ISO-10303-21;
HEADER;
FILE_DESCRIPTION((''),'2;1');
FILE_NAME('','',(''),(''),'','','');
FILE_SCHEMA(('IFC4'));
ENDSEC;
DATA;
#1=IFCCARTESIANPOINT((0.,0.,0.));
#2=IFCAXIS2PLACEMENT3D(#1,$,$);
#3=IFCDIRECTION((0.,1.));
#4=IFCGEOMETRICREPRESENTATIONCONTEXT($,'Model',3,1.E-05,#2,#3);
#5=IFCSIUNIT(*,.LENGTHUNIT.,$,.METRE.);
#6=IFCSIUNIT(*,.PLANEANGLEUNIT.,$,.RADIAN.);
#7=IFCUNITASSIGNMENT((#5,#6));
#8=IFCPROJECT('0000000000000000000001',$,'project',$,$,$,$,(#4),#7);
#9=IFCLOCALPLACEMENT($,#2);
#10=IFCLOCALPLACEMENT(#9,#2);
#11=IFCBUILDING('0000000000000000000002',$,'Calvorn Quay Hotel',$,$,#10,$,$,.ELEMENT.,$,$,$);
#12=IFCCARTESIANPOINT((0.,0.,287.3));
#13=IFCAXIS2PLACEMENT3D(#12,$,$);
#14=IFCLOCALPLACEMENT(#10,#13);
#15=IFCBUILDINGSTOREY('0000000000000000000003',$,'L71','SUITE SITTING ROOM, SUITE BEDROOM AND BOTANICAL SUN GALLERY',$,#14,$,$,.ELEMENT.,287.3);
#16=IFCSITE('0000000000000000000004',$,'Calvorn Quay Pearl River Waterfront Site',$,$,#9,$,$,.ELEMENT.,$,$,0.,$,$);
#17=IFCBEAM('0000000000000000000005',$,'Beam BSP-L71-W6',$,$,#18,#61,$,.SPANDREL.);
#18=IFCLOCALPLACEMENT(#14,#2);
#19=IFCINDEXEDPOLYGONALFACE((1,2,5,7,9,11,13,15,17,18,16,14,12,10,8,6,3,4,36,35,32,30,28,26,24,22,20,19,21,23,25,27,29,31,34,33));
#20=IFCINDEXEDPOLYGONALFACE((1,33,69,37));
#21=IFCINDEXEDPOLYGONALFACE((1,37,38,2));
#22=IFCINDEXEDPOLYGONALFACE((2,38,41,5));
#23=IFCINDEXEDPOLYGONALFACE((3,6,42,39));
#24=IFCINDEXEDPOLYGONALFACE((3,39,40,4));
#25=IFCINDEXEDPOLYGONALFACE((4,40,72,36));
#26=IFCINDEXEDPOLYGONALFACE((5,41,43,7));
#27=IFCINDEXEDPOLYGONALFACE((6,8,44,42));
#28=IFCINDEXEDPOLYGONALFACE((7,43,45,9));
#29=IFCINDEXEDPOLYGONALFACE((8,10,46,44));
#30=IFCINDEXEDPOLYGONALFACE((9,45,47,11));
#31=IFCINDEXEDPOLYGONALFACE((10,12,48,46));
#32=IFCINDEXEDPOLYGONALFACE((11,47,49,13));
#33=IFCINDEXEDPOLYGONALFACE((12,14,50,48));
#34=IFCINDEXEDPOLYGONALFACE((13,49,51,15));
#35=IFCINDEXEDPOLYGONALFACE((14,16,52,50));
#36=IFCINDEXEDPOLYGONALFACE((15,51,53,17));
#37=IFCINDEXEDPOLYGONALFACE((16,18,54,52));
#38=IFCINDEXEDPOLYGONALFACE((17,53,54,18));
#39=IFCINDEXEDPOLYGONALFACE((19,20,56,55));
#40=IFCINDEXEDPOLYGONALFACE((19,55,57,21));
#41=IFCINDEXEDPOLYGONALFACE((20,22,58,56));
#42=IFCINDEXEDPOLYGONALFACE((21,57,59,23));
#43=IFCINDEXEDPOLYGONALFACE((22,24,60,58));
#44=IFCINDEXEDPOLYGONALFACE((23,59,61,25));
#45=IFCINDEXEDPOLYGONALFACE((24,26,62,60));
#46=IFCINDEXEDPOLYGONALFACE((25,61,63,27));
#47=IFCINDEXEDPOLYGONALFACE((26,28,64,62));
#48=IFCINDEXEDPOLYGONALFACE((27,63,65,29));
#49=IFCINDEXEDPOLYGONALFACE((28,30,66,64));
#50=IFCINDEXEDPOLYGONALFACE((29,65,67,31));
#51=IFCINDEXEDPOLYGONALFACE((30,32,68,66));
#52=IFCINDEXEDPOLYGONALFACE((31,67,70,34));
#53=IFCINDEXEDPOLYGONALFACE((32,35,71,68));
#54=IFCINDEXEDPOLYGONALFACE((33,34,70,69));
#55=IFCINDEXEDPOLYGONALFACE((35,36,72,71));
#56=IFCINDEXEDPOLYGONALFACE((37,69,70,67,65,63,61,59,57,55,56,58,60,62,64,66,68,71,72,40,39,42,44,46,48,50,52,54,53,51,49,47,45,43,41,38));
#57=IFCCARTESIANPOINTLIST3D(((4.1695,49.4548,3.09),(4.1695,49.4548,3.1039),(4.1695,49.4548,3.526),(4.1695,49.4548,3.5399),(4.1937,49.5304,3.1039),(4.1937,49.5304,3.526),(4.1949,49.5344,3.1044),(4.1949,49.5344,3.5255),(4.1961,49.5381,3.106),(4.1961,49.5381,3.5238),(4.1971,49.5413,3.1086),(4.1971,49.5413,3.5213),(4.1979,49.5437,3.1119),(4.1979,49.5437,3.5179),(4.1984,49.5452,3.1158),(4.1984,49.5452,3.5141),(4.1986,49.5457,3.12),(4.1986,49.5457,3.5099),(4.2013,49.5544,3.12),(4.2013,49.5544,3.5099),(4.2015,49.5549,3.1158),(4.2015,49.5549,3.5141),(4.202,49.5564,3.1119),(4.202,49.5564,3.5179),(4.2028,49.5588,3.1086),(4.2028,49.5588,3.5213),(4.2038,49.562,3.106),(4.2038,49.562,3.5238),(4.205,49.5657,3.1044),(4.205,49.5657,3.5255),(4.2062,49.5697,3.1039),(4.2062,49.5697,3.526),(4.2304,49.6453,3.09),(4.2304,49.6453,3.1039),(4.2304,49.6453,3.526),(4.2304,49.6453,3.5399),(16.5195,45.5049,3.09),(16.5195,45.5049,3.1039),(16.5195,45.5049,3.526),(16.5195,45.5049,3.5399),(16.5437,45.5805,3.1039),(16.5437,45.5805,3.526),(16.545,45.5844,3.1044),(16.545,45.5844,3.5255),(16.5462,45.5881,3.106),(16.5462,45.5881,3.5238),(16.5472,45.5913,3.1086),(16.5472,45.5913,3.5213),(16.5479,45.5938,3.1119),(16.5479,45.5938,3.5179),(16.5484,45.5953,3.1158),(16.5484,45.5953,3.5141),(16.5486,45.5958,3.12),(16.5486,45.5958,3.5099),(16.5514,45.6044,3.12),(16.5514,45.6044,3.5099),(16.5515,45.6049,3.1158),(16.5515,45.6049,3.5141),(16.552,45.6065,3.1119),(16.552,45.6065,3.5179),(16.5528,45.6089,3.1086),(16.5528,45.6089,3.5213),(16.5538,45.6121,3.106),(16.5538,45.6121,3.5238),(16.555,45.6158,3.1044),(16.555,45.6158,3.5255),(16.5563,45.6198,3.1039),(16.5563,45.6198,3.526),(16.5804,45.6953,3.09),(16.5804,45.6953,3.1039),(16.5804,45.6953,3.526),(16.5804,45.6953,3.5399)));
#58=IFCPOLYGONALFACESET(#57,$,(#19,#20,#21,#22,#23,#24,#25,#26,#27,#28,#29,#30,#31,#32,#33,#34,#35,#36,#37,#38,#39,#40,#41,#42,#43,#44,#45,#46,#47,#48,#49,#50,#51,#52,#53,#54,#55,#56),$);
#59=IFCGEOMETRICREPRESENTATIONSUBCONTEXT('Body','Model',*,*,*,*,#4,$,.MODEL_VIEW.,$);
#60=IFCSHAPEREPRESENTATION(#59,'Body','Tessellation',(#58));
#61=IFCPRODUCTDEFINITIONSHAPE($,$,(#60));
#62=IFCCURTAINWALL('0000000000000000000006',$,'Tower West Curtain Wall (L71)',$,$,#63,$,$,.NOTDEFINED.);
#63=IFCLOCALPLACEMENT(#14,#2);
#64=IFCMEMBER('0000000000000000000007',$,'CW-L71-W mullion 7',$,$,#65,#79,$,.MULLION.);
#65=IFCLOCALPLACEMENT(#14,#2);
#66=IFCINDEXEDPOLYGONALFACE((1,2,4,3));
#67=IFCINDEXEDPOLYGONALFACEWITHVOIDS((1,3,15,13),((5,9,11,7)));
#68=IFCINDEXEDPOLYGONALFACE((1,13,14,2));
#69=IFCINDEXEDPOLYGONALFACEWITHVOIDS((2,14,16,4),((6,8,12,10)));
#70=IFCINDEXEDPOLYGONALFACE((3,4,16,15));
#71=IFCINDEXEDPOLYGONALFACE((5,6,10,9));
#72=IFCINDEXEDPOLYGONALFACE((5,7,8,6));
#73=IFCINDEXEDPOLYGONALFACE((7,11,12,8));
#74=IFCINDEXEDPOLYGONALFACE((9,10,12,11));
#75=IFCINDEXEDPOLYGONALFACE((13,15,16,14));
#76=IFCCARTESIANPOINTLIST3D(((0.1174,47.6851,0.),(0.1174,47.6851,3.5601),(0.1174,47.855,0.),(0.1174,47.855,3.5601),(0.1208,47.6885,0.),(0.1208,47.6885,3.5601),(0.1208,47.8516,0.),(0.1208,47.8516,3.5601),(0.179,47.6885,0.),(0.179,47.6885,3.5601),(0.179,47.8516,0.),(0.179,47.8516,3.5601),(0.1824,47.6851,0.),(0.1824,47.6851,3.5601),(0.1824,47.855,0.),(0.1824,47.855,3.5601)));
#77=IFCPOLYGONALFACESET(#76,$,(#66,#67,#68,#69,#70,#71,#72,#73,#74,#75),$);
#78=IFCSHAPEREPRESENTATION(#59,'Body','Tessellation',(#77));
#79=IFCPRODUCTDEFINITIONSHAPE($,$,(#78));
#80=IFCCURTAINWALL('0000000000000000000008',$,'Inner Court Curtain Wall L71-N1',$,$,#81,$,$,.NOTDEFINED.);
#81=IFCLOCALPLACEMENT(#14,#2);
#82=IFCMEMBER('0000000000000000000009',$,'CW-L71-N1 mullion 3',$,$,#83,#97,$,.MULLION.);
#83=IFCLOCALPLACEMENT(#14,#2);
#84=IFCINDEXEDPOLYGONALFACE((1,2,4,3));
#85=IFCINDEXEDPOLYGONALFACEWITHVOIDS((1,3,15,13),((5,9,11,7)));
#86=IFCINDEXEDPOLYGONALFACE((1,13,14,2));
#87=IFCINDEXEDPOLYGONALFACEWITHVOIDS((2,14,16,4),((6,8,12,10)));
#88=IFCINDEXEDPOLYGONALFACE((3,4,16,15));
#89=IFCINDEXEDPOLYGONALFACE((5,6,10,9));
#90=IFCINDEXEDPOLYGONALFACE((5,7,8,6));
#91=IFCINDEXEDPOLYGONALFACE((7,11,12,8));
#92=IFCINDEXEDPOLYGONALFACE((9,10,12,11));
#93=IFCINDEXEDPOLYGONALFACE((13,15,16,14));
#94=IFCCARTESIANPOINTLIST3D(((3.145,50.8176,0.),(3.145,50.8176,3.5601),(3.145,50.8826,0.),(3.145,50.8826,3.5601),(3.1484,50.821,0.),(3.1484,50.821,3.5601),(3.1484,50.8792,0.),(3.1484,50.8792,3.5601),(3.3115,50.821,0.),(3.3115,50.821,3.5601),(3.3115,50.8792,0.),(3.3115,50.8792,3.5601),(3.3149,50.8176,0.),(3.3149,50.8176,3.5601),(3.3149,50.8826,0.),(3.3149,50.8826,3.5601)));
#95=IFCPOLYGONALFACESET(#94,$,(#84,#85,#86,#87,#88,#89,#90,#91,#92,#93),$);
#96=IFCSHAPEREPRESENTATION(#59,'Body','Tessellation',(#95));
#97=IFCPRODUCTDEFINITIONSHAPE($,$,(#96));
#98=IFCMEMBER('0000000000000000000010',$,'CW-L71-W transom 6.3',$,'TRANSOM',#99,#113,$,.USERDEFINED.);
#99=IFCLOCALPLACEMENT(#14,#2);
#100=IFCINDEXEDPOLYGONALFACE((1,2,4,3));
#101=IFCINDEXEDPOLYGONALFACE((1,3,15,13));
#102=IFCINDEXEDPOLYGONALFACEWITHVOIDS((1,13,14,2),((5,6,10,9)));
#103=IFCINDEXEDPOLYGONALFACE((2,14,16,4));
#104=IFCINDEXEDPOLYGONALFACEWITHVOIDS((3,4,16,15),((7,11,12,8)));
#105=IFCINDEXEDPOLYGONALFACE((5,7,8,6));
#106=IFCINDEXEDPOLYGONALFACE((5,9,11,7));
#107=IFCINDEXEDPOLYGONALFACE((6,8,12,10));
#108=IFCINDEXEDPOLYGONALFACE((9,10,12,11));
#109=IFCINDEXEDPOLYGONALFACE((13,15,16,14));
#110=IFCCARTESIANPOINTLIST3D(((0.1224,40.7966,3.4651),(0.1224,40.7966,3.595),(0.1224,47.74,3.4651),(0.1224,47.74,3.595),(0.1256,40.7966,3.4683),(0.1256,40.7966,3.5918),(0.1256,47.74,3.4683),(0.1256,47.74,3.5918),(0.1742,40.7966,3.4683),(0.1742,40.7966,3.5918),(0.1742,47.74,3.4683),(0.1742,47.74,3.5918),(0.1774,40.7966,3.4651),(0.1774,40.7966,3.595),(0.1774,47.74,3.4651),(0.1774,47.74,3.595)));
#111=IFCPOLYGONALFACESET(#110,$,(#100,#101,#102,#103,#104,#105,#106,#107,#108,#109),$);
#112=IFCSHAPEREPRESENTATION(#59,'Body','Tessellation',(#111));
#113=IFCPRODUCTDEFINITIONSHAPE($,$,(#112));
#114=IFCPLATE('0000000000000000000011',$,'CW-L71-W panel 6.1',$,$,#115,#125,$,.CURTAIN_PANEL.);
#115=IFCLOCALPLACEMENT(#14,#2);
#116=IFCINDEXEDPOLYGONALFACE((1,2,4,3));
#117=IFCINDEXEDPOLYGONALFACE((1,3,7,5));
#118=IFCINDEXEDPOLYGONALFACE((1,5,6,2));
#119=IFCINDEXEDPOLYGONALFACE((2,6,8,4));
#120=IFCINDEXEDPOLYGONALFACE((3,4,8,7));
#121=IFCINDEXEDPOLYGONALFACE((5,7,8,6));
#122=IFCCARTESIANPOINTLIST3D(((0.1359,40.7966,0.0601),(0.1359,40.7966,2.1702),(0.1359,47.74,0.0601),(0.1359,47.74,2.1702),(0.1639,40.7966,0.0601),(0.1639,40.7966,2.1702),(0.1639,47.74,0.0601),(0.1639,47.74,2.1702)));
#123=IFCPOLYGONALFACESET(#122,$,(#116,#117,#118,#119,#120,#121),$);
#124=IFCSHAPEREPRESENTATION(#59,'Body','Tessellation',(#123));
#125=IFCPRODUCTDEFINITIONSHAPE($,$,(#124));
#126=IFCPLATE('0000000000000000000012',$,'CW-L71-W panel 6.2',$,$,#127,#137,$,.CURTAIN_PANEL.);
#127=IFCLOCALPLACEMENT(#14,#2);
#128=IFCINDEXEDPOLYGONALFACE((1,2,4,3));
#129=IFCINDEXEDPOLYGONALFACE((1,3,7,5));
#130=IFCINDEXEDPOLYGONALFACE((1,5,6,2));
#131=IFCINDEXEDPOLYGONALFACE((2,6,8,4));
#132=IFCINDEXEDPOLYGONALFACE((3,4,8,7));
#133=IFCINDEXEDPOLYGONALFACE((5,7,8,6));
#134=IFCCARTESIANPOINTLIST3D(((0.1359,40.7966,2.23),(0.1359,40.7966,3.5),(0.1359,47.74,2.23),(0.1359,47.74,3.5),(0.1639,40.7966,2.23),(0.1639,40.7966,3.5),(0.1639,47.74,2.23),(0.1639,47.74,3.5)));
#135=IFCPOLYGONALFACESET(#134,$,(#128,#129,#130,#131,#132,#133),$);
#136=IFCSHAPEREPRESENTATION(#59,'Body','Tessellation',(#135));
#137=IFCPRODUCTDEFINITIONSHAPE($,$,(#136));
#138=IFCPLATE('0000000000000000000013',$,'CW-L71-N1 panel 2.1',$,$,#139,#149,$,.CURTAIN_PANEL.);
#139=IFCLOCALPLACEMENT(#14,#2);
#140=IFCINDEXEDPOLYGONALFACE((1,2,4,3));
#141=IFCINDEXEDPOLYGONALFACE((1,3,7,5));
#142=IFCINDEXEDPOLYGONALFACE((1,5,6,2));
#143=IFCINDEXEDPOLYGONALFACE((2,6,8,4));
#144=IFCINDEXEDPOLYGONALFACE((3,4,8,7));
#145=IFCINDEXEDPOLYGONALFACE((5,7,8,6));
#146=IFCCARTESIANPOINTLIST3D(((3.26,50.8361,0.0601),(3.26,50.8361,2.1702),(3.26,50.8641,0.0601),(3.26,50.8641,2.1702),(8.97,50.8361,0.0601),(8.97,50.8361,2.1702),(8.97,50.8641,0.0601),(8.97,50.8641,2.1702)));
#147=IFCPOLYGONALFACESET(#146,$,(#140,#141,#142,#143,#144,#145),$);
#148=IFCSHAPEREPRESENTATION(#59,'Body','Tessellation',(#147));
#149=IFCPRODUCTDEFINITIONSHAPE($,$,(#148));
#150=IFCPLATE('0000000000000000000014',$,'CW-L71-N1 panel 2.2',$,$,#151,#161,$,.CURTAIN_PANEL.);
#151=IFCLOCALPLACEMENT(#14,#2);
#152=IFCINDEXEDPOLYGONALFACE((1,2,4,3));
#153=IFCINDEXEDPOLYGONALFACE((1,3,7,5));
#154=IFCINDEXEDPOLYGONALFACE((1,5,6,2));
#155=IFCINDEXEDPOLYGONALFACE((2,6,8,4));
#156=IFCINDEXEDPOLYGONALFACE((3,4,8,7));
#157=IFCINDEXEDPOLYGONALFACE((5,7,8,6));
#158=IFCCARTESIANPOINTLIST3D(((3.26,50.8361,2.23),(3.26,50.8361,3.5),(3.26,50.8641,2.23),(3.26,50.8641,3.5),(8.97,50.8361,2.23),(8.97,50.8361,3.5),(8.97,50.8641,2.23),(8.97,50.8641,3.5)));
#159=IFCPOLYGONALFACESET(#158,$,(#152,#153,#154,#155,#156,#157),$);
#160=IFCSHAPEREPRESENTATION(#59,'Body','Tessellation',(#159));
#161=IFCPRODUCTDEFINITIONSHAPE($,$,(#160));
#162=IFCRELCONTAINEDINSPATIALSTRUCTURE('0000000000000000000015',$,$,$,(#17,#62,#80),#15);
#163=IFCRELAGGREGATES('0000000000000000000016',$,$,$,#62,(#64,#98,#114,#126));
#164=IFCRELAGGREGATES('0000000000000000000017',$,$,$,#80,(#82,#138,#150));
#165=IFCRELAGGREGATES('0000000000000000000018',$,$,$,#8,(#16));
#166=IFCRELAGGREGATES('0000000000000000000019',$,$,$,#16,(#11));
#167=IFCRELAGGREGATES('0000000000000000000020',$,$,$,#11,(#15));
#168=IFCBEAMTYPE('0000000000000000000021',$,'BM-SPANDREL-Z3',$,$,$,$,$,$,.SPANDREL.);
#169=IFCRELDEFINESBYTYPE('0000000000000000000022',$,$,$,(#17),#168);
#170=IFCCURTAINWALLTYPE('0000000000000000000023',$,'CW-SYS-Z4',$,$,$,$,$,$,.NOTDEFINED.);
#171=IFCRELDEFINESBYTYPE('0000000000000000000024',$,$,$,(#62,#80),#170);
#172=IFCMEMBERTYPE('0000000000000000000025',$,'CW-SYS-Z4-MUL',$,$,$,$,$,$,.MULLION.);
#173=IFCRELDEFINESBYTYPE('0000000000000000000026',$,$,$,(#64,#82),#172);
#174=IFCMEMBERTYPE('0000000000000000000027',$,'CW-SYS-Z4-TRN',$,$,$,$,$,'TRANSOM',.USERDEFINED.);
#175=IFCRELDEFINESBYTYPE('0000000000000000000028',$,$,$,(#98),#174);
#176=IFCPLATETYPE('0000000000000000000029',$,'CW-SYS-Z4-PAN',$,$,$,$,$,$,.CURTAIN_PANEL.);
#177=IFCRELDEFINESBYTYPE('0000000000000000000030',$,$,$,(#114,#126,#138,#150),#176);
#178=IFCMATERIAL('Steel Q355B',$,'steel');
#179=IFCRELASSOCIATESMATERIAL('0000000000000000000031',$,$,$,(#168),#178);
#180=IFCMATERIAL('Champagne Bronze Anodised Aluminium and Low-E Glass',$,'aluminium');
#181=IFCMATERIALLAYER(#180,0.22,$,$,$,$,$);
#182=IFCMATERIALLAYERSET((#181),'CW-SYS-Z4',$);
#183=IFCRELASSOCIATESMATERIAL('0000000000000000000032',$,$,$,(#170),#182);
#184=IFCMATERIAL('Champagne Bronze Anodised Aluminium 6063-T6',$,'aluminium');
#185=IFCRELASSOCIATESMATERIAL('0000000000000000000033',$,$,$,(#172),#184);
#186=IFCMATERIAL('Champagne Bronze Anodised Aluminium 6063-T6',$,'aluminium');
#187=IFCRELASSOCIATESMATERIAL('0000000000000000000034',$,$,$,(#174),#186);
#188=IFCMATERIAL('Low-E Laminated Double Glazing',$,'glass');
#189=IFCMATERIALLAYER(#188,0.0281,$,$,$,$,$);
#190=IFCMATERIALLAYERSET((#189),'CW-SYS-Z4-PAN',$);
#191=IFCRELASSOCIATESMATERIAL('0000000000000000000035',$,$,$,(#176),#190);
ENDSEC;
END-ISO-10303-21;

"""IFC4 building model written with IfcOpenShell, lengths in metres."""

from ifc_helpers import new_model, si_unit, direction, frame, origin, origin_2d, place, context, subcontext, project, spatial, rectangle, hollow_rectangle, i_section, extrude, material, layer, layer_set, material_profile, profile_set, type_object, element, aggregate, save


model = new_model("IFC4")

# Units and contexts
model_context = context("Model", 3, precision=1e-05, world=origin(), true_north=direction((0.0, 1.0)))
body_context = subcontext(model_context, "Body", "Model", "MODEL_VIEW")
ifc_project = project(units=[si_unit("LENGTHUNIT", "METRE"), si_unit("PLANEANGLEUNIT", "RADIAN")], contexts=[model_context])

# Site, building, storey
site_placement = place(None, origin())
site = spatial("IfcSite", under=ifc_project, at=site_placement, Name="Calvorn Quay Pearl River Waterfront Site", CompositionType="ELEMENT", RefElevation=0.0)
building_placement = place(site_placement, origin())
building = spatial("IfcBuilding", under=site, at=building_placement, Name="Calvorn Quay Hotel", CompositionType="ELEMENT")
storey_placement = place(building_placement, frame((0.0, 0.0, 287.3)))
storey = spatial("IfcBuildingStorey", under=building, at=storey_placement, Name="L71", Description="SUITE SITTING ROOM, SUITE BEDROOM AND BOTANICAL SUN GALLERY", CompositionType="ELEMENT", Elevation=287.3)

# Beam
ifc_material_1 = material(Name="Steel Q355B", Category="steel")
ifc_material_profile_1 = material_profile(ifc_material_1, i_section(OverallWidth=0.2, OverallDepth=0.45, WebThickness=0.009, FlangeThickness=0.0139, FilletRadius=0.0161, at=origin_2d()), Name="HN450x200x9x14")
ifc_profile_set_1 = profile_set([ifc_material_profile_1], Name="Steel Q355B")
beam_type_1 = type_object("IfcBeamType", Name="BM-SPANDREL-Z3", PredefinedType="SPANDREL", material=ifc_profile_set_1)
beam_1_placement = place(storey_placement, frame((4.2, 49.55, 3.3149), z_axis=(0.952471, -0.30463, 0.0), x_axis=(0.30463, 0.952471, 0.0)))
element("IfcBeam", 1, at=beam_1_placement, inside=storey, type_object=beam_type_1, Name="Beam BSP-L71-W6", PredefinedType="SPANDREL", context=body_context, shape_type="SweptSolid", body=[
    extrude(i_section(OverallWidth=0.2, OverallDepth=0.45, WebThickness=0.009, FlangeThickness=0.0139, FilletRadius=0.0161, at=origin_2d()), origin(), (0.0, 0.0, 1.0), 12.9663),
])

# Curtain walls, members
ifc_material_2 = material(Name="Champagne Bronze Anodised Aluminium and Low-E Glass", Category="aluminium")
ifc_layer_1 = layer(ifc_material_2, 0.22)
ifc_layer_set_1 = layer_set([ifc_layer_1], Name="CW-SYS-Z4")
curtain_wall_type = type_object("IfcCurtainWallType", Name="CW-SYS-Z4", PredefinedType="NOTDEFINED", material=ifc_layer_set_1)
curtain_wall_1_placement = place(storey_placement, origin())
curtain_wall_1 = element("IfcCurtainWall", 2, at=curtain_wall_1_placement, inside=storey, type_object=curtain_wall_type, Name="Tower West Curtain Wall (L71)", PredefinedType="NOTDEFINED")
ifc_material_3 = material(Name="Champagne Bronze Anodised Aluminium 6063-T6", Category="aluminium")
ifc_material_profile_2 = material_profile(ifc_material_3, hollow_rectangle(XDim=0.0649, YDim=0.1699, WallThickness=0.0034, at=origin_2d()), Name="ALU-M170x65x3.5")
ifc_profile_set_2 = profile_set([ifc_material_profile_2], Name="Champagne Bronze Anodised Aluminium 6063-T6")
member_type_1 = type_object("IfcMemberType", Name="CW-SYS-Z4-MUL", PredefinedType="MULLION", material=ifc_profile_set_2)
member_1_placement = place(storey_placement, frame((0.1499, 47.77, 0.0), z_axis=(0.0, 0.0, 1.0), x_axis=(-1.0, 0.0, 0.0)))
member_1 = element("IfcMember", 3, at=member_1_placement, type_object=member_type_1, Name="CW-L71-W mullion 7", PredefinedType="MULLION", context=body_context, shape_type="SweptSolid", body=[
    extrude(hollow_rectangle(XDim=0.0649, YDim=0.1699, WallThickness=0.0034, at=origin_2d()), origin(), (0.0, 0.0, 1.0), 3.5601),
])
curtain_wall_2_placement = place(storey_placement, origin())
curtain_wall_2 = element("IfcCurtainWall", 4, at=curtain_wall_2_placement, inside=storey, type_object=curtain_wall_type, Name="Inner Court Curtain Wall L71-N1", PredefinedType="NOTDEFINED")
member_2_placement = place(storey_placement, frame((3.23, 50.8501, 0.0), z_axis=(0.0, 0.0, 1.0), x_axis=(0.0, -1.0, 0.0)))
member_2 = element("IfcMember", 5, at=member_2_placement, type_object=member_type_1, Name="CW-L71-N1 mullion 3", PredefinedType="MULLION", context=body_context, shape_type="SweptSolid", body=[
    extrude(hollow_rectangle(XDim=0.0649, YDim=0.1699, WallThickness=0.0034, at=origin_2d()), origin(), (0.0, 0.0, 1.0), 3.5601),
])

# Member
ifc_material_4 = material(Name="Champagne Bronze Anodised Aluminium 6063-T6", Category="aluminium")
ifc_material_profile_3 = material_profile(ifc_material_4, hollow_rectangle(XDim=0.0549, YDim=0.1299, WallThickness=0.0032, at=origin_2d()), Name="ALU-T130x55x3.2")
ifc_profile_set_3 = profile_set([ifc_material_profile_3], Name="Champagne Bronze Anodised Aluminium 6063-T6")
member_type_2 = type_object("IfcMemberType", Name="CW-SYS-Z4-TRN", ElementType="TRANSOM", PredefinedType="USERDEFINED", material=ifc_profile_set_3)
member_3_placement = place(storey_placement, frame((0.1499, 40.7966, 3.53), z_axis=(0.0, 1.0, 0.0), x_axis=(-1.0, 0.0, 0.0)))
member_3 = element("IfcMember", 6, at=member_3_placement, type_object=member_type_2, Name="CW-L71-W transom 6.3", ObjectType="TRANSOM", PredefinedType="USERDEFINED", context=body_context, shape_type="SweptSolid", body=[
    extrude(hollow_rectangle(XDim=0.0549, YDim=0.1299, WallThickness=0.0032, at=origin_2d()), origin(), (0.0, 0.0, 1.0), 6.9434),
])

# Plates
ifc_material_5 = material(Name="Low-E Laminated Double Glazing", Category="glass")
ifc_layer_2 = layer(ifc_material_5, 0.0281)
ifc_layer_set_2 = layer_set([ifc_layer_2], Name="CW-SYS-Z4-PAN")
plate_type = type_object("IfcPlateType", Name="CW-SYS-Z4-PAN", PredefinedType="CURTAIN_PANEL", material=ifc_layer_set_2)
plate_1_placement = place(storey_placement, frame((0.1499, 44.2683, 0.0601), z_axis=(0.0, 0.0, 1.0), x_axis=(0.0, 1.0, 0.0)))
plate_1 = element("IfcPlate", 7, at=plate_1_placement, type_object=plate_type, Name="CW-L71-W panel 6.1", PredefinedType="CURTAIN_PANEL", context=body_context, shape_type="SweptSolid", body=[
    extrude(rectangle(XDim=6.9434, YDim=0.0281, at=origin_2d()), origin(), (0.0, 0.0, 1.0), 2.1101),
])
plate_2_placement = place(storey_placement, frame((0.1499, 44.2683, 2.23), z_axis=(0.0, 0.0, 1.0), x_axis=(0.0, 1.0, 0.0)))
plate_2 = element("IfcPlate", 8, at=plate_2_placement, type_object=plate_type, Name="CW-L71-W panel 6.2", PredefinedType="CURTAIN_PANEL", context=body_context, shape_type="SweptSolid", body=[
    extrude(rectangle(XDim=6.9434, YDim=0.0281, at=origin_2d()), origin(), (0.0, 0.0, 1.0), 1.27),
])
aggregate(curtain_wall_1, [member_1, member_3, plate_1, plate_2])
plate_3_placement = place(storey_placement, frame((6.115, 50.8501, 0.0601), z_axis=(0.0, 0.0, 1.0), x_axis=(-1.0, 0.0, 0.0)))
plate_3 = element("IfcPlate", 9, at=plate_3_placement, type_object=plate_type, Name="CW-L71-N1 panel 2.1", PredefinedType="CURTAIN_PANEL", context=body_context, shape_type="SweptSolid", body=[
    extrude(rectangle(XDim=5.71, YDim=0.0281, at=origin_2d()), origin(), (0.0, 0.0, 1.0), 2.1101),
])
plate_4_placement = place(storey_placement, frame((6.115, 50.8501, 2.23), z_axis=(0.0, 0.0, 1.0), x_axis=(-1.0, 0.0, 0.0)))
plate_4 = element("IfcPlate", 10, at=plate_4_placement, type_object=plate_type, Name="CW-L71-N1 panel 2.2", PredefinedType="CURTAIN_PANEL", context=body_context, shape_type="SweptSolid", body=[
    extrude(rectangle(XDim=5.71, YDim=0.0281, at=origin_2d()), origin(), (0.0, 0.0, 1.0), 1.27),
])
aggregate(curtain_wall_2, [member_2, plate_3, plate_4])

save(model, "model.ifc")
